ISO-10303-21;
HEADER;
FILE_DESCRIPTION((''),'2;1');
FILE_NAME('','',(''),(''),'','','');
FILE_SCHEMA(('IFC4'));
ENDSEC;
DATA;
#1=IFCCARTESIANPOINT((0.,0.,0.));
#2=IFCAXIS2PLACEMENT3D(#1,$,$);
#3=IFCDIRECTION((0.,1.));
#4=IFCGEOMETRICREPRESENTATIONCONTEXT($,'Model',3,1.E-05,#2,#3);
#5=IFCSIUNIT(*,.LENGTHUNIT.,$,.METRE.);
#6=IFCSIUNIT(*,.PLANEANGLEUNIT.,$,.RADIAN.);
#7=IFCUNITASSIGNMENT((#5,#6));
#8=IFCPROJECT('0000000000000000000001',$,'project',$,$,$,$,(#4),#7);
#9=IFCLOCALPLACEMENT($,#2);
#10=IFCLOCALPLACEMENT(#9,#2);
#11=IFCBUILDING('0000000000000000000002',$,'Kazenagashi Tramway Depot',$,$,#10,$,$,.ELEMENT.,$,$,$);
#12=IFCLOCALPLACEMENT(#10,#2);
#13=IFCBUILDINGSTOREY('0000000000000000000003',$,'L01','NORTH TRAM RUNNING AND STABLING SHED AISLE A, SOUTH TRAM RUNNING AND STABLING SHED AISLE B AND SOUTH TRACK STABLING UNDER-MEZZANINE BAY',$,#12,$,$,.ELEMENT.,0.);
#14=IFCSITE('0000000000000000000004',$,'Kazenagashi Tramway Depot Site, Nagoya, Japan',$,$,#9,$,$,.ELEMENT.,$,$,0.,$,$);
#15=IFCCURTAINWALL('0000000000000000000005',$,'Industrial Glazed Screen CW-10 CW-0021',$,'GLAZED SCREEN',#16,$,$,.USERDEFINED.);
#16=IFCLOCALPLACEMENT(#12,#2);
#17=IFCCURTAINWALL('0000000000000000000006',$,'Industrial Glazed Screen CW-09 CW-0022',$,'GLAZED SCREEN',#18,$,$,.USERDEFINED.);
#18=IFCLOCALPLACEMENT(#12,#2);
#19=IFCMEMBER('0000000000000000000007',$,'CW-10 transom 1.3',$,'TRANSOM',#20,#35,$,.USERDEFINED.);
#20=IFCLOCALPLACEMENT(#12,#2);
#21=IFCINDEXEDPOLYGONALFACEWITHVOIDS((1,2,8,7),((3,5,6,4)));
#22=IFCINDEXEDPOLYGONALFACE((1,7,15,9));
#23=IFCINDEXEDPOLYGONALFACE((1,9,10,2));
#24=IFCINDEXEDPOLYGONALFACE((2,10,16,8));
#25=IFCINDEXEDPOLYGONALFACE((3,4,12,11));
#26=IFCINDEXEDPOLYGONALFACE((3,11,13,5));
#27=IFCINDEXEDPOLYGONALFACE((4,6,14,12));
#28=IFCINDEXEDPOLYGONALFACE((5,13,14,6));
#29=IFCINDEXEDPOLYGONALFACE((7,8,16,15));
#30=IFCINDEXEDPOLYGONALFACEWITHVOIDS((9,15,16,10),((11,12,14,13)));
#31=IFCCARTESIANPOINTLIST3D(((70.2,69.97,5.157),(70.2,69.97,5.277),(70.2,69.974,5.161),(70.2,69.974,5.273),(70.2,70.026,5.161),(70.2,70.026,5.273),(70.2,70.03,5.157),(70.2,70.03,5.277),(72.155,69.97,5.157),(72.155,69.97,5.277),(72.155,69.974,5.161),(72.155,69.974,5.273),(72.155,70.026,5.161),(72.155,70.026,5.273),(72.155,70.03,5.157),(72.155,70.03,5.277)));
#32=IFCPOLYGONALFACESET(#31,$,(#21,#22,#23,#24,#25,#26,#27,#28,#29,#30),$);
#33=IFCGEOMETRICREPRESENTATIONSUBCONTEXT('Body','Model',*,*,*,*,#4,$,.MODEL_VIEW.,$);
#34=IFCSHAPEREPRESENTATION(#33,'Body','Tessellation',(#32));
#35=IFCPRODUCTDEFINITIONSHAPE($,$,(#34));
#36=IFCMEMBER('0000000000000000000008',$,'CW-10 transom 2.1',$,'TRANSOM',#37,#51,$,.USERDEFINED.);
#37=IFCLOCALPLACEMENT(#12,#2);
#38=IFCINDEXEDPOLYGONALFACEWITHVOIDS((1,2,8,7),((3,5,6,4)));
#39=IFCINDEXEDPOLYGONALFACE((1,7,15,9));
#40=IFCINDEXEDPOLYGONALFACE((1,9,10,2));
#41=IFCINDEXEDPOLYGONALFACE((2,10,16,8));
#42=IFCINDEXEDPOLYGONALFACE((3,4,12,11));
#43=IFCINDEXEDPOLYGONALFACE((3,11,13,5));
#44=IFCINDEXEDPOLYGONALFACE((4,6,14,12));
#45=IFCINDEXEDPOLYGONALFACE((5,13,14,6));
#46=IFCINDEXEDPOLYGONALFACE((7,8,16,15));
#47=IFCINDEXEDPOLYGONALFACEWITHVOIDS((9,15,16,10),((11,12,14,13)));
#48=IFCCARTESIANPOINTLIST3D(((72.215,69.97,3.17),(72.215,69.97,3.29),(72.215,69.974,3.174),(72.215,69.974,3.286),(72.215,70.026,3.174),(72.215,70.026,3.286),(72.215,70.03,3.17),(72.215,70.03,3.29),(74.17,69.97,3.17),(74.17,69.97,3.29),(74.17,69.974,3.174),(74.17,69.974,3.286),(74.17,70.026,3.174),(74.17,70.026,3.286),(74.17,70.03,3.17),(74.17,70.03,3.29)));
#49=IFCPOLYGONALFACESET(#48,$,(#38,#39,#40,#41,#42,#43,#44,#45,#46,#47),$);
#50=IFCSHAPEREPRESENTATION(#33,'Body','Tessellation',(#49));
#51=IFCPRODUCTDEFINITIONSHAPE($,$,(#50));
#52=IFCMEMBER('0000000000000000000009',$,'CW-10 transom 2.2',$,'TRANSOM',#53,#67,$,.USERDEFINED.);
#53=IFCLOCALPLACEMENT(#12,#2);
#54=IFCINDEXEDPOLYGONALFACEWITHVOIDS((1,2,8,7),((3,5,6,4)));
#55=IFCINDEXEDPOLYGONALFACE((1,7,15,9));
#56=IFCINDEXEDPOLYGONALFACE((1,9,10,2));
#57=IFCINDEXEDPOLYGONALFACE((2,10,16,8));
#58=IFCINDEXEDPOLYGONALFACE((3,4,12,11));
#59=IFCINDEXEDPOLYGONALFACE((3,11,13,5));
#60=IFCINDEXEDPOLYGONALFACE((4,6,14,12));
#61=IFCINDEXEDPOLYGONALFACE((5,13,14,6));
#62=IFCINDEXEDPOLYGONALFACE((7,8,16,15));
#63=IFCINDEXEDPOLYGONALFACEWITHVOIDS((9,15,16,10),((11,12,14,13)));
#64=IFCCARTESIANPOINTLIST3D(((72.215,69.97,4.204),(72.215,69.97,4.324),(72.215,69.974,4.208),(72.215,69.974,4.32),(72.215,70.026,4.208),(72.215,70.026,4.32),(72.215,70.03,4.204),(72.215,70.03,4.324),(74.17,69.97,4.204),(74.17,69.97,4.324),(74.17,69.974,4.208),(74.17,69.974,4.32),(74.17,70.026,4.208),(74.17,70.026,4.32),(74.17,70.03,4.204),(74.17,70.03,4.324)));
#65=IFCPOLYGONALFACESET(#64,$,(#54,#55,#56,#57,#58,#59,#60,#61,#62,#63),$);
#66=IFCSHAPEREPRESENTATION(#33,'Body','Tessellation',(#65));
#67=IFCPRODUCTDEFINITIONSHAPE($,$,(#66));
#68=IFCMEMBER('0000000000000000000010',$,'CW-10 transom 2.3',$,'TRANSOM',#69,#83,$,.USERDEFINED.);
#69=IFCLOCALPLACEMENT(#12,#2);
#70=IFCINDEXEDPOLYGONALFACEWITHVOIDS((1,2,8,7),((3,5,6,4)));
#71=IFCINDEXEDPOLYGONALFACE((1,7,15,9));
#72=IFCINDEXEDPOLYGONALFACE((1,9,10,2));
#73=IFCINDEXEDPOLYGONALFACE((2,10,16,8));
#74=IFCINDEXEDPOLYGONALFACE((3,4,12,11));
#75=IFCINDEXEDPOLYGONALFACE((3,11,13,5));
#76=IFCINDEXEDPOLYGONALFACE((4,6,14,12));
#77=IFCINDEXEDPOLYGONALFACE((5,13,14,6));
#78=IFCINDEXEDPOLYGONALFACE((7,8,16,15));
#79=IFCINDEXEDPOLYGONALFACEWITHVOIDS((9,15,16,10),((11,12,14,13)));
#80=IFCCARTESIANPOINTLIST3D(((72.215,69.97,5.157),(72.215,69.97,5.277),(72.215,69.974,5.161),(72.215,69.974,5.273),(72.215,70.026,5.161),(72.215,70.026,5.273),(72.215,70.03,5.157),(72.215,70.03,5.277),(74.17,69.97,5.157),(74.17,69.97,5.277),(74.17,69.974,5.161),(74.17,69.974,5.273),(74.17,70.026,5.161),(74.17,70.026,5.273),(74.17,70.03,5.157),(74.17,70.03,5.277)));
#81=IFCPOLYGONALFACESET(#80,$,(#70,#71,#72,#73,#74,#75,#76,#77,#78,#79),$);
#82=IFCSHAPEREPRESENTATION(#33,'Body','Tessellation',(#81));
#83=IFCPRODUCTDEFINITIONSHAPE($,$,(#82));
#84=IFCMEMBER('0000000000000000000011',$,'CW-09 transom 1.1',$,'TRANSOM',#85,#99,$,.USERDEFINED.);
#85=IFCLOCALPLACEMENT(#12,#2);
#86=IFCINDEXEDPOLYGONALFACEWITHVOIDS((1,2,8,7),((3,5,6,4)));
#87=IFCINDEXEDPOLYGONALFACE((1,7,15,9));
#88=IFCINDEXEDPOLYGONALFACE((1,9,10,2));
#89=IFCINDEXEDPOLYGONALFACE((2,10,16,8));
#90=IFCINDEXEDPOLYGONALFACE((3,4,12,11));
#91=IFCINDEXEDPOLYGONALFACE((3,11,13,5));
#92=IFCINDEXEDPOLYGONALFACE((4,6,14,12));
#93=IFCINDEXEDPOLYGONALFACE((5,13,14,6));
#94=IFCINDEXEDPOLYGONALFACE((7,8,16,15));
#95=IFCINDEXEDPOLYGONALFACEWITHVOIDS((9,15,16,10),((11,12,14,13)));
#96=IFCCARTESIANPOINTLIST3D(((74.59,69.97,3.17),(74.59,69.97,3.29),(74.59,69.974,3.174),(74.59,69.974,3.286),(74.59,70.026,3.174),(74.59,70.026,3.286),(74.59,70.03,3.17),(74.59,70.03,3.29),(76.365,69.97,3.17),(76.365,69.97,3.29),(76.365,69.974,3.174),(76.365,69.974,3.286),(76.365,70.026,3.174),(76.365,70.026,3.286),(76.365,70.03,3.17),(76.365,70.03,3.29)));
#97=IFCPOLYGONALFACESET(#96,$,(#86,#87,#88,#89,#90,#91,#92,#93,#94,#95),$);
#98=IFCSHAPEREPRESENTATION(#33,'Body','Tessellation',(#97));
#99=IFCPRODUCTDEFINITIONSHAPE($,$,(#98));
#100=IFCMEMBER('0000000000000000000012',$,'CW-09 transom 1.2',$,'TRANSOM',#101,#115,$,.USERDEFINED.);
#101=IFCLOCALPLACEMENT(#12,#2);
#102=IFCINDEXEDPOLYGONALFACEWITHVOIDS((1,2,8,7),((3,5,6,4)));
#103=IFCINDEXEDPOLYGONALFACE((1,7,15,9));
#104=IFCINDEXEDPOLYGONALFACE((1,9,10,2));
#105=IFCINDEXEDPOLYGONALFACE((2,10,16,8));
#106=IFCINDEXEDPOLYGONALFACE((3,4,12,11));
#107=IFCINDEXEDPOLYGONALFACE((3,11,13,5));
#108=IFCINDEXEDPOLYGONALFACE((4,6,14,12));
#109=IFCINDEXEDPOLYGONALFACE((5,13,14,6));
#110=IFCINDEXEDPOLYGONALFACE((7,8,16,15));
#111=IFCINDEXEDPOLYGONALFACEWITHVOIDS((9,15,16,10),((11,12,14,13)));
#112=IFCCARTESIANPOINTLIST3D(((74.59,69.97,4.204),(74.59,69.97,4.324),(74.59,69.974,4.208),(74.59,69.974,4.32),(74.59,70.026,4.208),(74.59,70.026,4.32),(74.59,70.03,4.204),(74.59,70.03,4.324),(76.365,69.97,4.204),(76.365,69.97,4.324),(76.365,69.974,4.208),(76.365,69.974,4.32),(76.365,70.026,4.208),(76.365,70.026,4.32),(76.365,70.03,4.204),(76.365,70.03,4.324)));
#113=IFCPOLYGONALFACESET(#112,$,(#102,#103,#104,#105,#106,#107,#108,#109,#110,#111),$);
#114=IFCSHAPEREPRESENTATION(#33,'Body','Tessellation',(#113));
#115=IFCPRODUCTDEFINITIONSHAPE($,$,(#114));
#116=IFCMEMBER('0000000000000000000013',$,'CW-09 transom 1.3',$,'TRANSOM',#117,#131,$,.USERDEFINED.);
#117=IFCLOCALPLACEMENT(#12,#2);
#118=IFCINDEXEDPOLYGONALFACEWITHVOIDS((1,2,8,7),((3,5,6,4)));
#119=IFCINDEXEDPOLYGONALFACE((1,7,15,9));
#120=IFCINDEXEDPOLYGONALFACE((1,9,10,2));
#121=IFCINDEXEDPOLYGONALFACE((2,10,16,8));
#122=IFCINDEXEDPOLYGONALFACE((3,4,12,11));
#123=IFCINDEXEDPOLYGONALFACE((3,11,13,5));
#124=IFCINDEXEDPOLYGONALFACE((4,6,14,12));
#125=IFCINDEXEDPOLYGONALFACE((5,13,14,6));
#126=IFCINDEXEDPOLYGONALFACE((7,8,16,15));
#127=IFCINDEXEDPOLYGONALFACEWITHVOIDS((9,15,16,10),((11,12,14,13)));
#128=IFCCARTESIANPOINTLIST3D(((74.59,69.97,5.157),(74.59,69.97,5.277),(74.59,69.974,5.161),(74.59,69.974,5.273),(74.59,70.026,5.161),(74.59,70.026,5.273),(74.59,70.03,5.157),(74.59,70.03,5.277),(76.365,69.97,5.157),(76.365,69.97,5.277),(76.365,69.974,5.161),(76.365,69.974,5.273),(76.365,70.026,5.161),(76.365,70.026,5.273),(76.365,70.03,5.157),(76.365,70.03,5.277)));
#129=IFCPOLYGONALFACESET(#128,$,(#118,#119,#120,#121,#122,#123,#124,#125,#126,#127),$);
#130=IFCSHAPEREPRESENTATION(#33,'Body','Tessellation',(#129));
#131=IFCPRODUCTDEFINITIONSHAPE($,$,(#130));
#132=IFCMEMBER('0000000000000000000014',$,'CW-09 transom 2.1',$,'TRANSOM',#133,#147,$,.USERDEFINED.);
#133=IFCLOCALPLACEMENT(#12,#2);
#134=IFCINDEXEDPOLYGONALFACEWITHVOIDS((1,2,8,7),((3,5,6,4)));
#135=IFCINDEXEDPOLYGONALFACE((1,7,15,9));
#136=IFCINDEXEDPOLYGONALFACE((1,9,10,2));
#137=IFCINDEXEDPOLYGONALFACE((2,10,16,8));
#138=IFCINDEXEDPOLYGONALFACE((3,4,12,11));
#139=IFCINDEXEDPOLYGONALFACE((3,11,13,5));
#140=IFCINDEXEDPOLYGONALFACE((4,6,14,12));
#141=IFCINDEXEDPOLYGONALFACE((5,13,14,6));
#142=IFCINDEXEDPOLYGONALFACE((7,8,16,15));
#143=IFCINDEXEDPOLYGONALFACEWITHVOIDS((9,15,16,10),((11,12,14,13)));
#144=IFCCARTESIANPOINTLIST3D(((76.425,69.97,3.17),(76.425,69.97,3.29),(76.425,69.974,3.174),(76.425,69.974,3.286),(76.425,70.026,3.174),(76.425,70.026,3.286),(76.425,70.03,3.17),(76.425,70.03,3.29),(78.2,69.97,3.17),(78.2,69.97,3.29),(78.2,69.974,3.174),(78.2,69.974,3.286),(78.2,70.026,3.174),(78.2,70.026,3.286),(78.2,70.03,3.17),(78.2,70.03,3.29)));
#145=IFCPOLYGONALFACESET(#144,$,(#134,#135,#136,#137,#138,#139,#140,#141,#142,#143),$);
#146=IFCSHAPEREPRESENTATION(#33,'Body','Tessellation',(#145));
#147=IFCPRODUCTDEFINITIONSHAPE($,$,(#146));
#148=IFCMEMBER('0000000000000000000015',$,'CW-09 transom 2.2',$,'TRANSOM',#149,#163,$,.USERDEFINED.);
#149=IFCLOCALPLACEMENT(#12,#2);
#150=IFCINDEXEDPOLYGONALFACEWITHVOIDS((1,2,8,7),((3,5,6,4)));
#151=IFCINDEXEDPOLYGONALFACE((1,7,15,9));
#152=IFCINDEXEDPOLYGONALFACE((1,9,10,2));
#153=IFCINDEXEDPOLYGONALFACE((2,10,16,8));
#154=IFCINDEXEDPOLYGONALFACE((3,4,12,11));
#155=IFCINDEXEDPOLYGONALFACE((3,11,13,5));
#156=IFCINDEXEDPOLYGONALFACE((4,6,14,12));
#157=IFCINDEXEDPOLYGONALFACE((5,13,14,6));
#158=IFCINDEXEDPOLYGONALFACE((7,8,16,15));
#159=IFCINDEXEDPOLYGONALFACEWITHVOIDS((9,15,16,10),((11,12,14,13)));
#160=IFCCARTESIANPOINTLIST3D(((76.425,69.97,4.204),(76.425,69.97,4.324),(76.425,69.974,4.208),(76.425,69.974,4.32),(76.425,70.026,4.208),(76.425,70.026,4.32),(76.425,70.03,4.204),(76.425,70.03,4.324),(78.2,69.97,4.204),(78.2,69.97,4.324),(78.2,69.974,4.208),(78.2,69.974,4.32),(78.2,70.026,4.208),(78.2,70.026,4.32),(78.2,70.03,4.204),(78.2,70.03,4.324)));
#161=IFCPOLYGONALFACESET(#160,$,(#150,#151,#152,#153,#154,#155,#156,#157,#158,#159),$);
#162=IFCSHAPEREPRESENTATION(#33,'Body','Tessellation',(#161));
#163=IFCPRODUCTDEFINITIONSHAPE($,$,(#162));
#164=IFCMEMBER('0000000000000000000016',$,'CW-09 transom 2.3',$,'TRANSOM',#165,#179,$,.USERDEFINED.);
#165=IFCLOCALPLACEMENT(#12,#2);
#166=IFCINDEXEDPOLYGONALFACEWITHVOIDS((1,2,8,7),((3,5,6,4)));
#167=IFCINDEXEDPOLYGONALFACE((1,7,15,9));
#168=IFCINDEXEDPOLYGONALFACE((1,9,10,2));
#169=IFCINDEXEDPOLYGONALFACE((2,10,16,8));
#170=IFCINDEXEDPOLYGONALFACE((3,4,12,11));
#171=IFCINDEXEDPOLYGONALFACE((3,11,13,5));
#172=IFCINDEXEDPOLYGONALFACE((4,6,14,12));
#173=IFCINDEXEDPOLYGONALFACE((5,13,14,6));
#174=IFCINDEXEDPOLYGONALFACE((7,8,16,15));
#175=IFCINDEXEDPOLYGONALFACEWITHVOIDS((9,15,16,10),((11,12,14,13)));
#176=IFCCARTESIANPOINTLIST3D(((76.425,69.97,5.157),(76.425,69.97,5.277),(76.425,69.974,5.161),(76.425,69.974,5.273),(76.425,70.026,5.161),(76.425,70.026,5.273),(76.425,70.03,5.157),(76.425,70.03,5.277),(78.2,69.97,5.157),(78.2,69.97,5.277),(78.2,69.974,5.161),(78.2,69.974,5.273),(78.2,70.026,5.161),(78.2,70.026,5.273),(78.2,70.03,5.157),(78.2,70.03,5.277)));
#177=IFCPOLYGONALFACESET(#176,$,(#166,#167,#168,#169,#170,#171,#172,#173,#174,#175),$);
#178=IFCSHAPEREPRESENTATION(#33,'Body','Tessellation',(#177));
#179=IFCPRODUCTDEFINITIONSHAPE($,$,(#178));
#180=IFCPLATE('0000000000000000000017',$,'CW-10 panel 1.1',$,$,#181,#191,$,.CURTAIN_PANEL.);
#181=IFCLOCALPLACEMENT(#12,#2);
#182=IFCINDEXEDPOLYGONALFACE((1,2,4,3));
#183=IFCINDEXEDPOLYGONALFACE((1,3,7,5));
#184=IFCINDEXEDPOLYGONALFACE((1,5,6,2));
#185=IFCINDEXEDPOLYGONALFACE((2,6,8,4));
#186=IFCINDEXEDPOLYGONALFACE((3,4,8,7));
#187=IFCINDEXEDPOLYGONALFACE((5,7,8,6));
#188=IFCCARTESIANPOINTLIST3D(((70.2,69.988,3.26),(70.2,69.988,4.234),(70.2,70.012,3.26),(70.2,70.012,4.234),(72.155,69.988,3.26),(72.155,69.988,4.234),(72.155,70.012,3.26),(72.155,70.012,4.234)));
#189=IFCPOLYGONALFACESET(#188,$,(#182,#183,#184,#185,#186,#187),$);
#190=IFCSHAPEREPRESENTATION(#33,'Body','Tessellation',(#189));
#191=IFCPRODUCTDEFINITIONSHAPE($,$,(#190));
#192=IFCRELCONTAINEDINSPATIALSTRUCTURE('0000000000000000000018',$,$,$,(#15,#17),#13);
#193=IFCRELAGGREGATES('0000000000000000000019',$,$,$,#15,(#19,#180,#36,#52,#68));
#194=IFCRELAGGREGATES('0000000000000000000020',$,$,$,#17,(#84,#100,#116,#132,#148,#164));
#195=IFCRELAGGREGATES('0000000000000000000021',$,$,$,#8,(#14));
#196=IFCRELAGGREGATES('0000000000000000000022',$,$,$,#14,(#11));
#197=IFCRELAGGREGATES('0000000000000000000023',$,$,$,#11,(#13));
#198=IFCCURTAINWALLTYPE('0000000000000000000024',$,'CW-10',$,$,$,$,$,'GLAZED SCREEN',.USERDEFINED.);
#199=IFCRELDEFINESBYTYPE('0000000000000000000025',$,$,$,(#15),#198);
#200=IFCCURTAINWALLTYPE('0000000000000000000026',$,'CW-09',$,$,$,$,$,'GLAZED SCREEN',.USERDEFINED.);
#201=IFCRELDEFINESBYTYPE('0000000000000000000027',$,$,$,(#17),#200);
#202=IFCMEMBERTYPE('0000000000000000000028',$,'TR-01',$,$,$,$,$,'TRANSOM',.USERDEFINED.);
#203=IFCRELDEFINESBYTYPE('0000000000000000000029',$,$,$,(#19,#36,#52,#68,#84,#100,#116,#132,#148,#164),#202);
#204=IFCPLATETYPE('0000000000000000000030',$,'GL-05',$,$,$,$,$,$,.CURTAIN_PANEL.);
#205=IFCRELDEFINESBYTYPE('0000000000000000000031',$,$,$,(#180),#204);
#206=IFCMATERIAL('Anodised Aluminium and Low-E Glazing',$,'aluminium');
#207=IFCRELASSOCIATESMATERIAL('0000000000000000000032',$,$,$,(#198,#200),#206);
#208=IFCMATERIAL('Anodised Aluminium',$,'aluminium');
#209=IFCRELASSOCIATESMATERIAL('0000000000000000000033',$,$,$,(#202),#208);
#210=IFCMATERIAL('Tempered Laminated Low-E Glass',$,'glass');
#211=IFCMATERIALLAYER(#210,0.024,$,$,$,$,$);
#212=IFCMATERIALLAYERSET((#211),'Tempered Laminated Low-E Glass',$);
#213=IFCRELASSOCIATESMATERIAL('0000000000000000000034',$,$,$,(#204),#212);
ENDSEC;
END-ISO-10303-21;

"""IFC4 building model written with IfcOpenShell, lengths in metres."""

from ifc_helpers import new_model, si_unit, direction, frame, origin, origin_2d, place, context, subcontext, project, spatial, rectangle, hollow_rectangle, extrude, material, layer, layer_set, material_profile, profile_set, type_object, element, aggregate, save


model = new_model("IFC4")

# Units and contexts
model_context = context("Model", 3, precision=1e-05, world=origin(), true_north=direction((0.0, 1.0)))
body_context = subcontext(model_context, "Body", "Model", "MODEL_VIEW")
ifc_project = project(units=[si_unit("LENGTHUNIT", "METRE"), si_unit("PLANEANGLEUNIT", "RADIAN")], contexts=[model_context])

# Site, building, storey
site_placement = place(None, origin())
site = spatial("IfcSite", under=ifc_project, at=site_placement, Name="Kazenagashi Tramway Depot Site, Nagoya, Japan", CompositionType="ELEMENT", RefElevation=0.0)
building_placement = place(site_placement, origin())
building = spatial("IfcBuilding", under=site, at=building_placement, Name="Kazenagashi Tramway Depot", CompositionType="ELEMENT")
storey_placement = place(building_placement, origin())
storey = spatial("IfcBuildingStorey", under=building, at=storey_placement, Name="L01", Description="NORTH TRAM RUNNING AND STABLING SHED AISLE A, SOUTH TRAM RUNNING AND STABLING SHED AISLE B AND SOUTH TRACK STABLING UNDER-MEZZANINE BAY", CompositionType="ELEMENT", Elevation=0.0)

# Curtain walls
ifc_material_1 = material(Name="Anodised Aluminium and Low-E Glazing", Category="aluminium")
curtain_wall_type_1 = type_object("IfcCurtainWallType", Name="CW-10", ElementType="GLAZED SCREEN", PredefinedType="USERDEFINED", material=ifc_material_1)
curtain_wall_1_placement = place(storey_placement, origin())
curtain_wall_1 = element("IfcCurtainWall", 1, at=curtain_wall_1_placement, inside=storey, type_object=curtain_wall_type_1, Name="Industrial Glazed Screen CW-10 CW-0021", ObjectType="GLAZED SCREEN", PredefinedType="USERDEFINED")
ifc_material_2 = material(Name="Anodised Aluminium", Category="aluminium")
curtain_wall_type_2 = type_object("IfcCurtainWallType", Name="CW-09", ElementType="GLAZED SCREEN", PredefinedType="USERDEFINED", material=ifc_material_1)
curtain_wall_2_placement = place(storey_placement, origin())
curtain_wall_2 = element("IfcCurtainWall", 2, at=curtain_wall_2_placement, inside=storey, type_object=curtain_wall_type_2, Name="Industrial Glazed Screen CW-09 CW-0022", ObjectType="GLAZED SCREEN", PredefinedType="USERDEFINED")

# Members
ifc_material_profile_1 = material_profile(ifc_material_2, hollow_rectangle(XDim=0.06, YDim=0.12, WallThickness=0.004, at=origin_2d()), Name="RHS-120x60x4")
ifc_profile_set_1 = profile_set([ifc_material_profile_1], Name="Anodised Aluminium")
member_type_1 = type_object("IfcMemberType", Name="TR-01", ElementType="TRANSOM", PredefinedType="USERDEFINED", material=ifc_profile_set_1)
member_1_placement = place(storey_placement, frame((70.2, 70.0, 5.217), z_axis=(1.0, 0.0, 0.0), x_axis=(0.0, 1.0, 0.0)))
member_1 = element("IfcMember", 3, at=member_1_placement, type_object=member_type_1, Name="CW-10 transom 1.3", ObjectType="TRANSOM", PredefinedType="USERDEFINED", context=body_context, shape_type="SweptSolid", body=[
    extrude(hollow_rectangle(XDim=0.06, YDim=0.12, WallThickness=0.004, at=origin_2d()), origin(), (0.0, 0.0, 1.0), 1.955),
])
member_2_placement = place(storey_placement, frame((72.215, 70.0, 3.23), z_axis=(1.0, 0.0, 0.0), x_axis=(0.0, 1.0, 0.0)))
member_2 = element("IfcMember", 4, at=member_2_placement, type_object=member_type_1, Name="CW-10 transom 2.1", ObjectType="TRANSOM", PredefinedType="USERDEFINED", context=body_context, shape_type="SweptSolid", body=[
    extrude(hollow_rectangle(XDim=0.06, YDim=0.12, WallThickness=0.004, at=origin_2d()), origin(), (0.0, 0.0, 1.0), 1.955),
])
member_3_placement = place(storey_placement, frame((72.215, 70.0, 4.264), z_axis=(1.0, 0.0, 0.0), x_axis=(0.0, 1.0, 0.0)))
member_3 = element("IfcMember", 5, at=member_3_placement, type_object=member_type_1, Name="CW-10 transom 2.2", ObjectType="TRANSOM", PredefinedType="USERDEFINED", context=body_context, shape_type="SweptSolid", body=[
    extrude(hollow_rectangle(XDim=0.06, YDim=0.12, WallThickness=0.004, at=origin_2d()), origin(), (0.0, 0.0, 1.0), 1.955),
])
member_4_placement = place(storey_placement, frame((72.215, 70.0, 5.217), z_axis=(1.0, 0.0, 0.0), x_axis=(0.0, 1.0, 0.0)))
member_4 = element("IfcMember", 6, at=member_4_placement, type_object=member_type_1, Name="CW-10 transom 2.3", ObjectType="TRANSOM", PredefinedType="USERDEFINED", context=body_context, shape_type="SweptSolid", body=[
    extrude(hollow_rectangle(XDim=0.06, YDim=0.12, WallThickness=0.004, at=origin_2d()), origin(), (0.0, 0.0, 1.0), 1.955),
])
member_5_placement = place(storey_placement, frame((74.59, 70.0, 3.23), z_axis=(1.0, 0.0, 0.0), x_axis=(0.0, 1.0, 0.0)))
member_5 = element("IfcMember", 7, at=member_5_placement, type_object=member_type_1, Name="CW-09 transom 1.1", ObjectType="TRANSOM", PredefinedType="USERDEFINED", context=body_context, shape_type="SweptSolid", body=[
    extrude(hollow_rectangle(XDim=0.06, YDim=0.12, WallThickness=0.004, at=origin_2d()), origin(), (0.0, 0.0, 1.0), 1.775),
])
member_6_placement = place(storey_placement, frame((74.59, 70.0, 4.264), z_axis=(1.0, 0.0, 0.0), x_axis=(0.0, 1.0, 0.0)))
member_6 = element("IfcMember", 8, at=member_6_placement, type_object=member_type_1, Name="CW-09 transom 1.2", ObjectType="TRANSOM", PredefinedType="USERDEFINED", context=body_context, shape_type="SweptSolid", body=[
    extrude(hollow_rectangle(XDim=0.06, YDim=0.12, WallThickness=0.004, at=origin_2d()), origin(), (0.0, 0.0, 1.0), 1.775),
])
member_7_placement = place(storey_placement, frame((74.59, 70.0, 5.217), z_axis=(1.0, 0.0, 0.0), x_axis=(0.0, 1.0, 0.0)))
member_7 = element("IfcMember", 9, at=member_7_placement, type_object=member_type_1, Name="CW-09 transom 1.3", ObjectType="TRANSOM", PredefinedType="USERDEFINED", context=body_context, shape_type="SweptSolid", body=[
    extrude(hollow_rectangle(XDim=0.06, YDim=0.12, WallThickness=0.004, at=origin_2d()), origin(), (0.0, 0.0, 1.0), 1.775),
])
member_8_placement = place(storey_placement, frame((76.425, 70.0, 3.23), z_axis=(1.0, 0.0, 0.0), x_axis=(0.0, 1.0, 0.0)))
member_8 = element("IfcMember", 10, at=member_8_placement, type_object=member_type_1, Name="CW-09 transom 2.1", ObjectType="TRANSOM", PredefinedType="USERDEFINED", context=body_context, shape_type="SweptSolid", body=[
    extrude(hollow_rectangle(XDim=0.06, YDim=0.12, WallThickness=0.004, at=origin_2d()), origin(), (0.0, 0.0, 1.0), 1.775),
])
member_9_placement = place(storey_placement, frame((76.425, 70.0, 4.264), z_axis=(1.0, 0.0, 0.0), x_axis=(0.0, 1.0, 0.0)))
member_9 = element("IfcMember", 11, at=member_9_placement, type_object=member_type_1, Name="CW-09 transom 2.2", ObjectType="TRANSOM", PredefinedType="USERDEFINED", context=body_context, shape_type="SweptSolid", body=[
    extrude(hollow_rectangle(XDim=0.06, YDim=0.12, WallThickness=0.004, at=origin_2d()), origin(), (0.0, 0.0, 1.0), 1.775),
])
member_10_placement = place(storey_placement, frame((76.425, 70.0, 5.217), z_axis=(1.0, 0.0, 0.0), x_axis=(0.0, 1.0, 0.0)))
member_10 = element("IfcMember", 12, at=member_10_placement, type_object=member_type_1, Name="CW-09 transom 2.3", ObjectType="TRANSOM", PredefinedType="USERDEFINED", context=body_context, shape_type="SweptSolid", body=[
    extrude(hollow_rectangle(XDim=0.06, YDim=0.12, WallThickness=0.004, at=origin_2d()), origin(), (0.0, 0.0, 1.0), 1.775),
])

# Plate
ifc_material_3 = material(Name="Tempered Laminated Low-E Glass", Category="glass")
ifc_layer_1 = layer(ifc_material_3, 0.024)
ifc_layer_set_1 = layer_set([ifc_layer_1], Name="Tempered Laminated Low-E Glass")
plate_type_1 = type_object("IfcPlateType", Name="GL-05", PredefinedType="CURTAIN_PANEL", material=ifc_layer_set_1)
plate_1_placement = place(storey_placement, frame((71.1775, 70.0, 3.26), z_axis=(0.0, 0.0, 1.0), x_axis=(1.0, 0.0, 0.0)))
plate_1 = element("IfcPlate", 13, at=plate_1_placement, type_object=plate_type_1, Name="CW-10 panel 1.1", PredefinedType="CURTAIN_PANEL", context=body_context, shape_type="SweptSolid", body=[
    extrude(rectangle(XDim=1.955, YDim=0.024, at=origin_2d()), origin(), (0.0, 0.0, 1.0), 0.974),
])
aggregate(curtain_wall_1, [member_1, plate_1, member_2, member_3, member_4])
aggregate(curtain_wall_2, [member_5, member_6, member_7, member_8, member_9, member_10])

save(model, "model.ifc")
